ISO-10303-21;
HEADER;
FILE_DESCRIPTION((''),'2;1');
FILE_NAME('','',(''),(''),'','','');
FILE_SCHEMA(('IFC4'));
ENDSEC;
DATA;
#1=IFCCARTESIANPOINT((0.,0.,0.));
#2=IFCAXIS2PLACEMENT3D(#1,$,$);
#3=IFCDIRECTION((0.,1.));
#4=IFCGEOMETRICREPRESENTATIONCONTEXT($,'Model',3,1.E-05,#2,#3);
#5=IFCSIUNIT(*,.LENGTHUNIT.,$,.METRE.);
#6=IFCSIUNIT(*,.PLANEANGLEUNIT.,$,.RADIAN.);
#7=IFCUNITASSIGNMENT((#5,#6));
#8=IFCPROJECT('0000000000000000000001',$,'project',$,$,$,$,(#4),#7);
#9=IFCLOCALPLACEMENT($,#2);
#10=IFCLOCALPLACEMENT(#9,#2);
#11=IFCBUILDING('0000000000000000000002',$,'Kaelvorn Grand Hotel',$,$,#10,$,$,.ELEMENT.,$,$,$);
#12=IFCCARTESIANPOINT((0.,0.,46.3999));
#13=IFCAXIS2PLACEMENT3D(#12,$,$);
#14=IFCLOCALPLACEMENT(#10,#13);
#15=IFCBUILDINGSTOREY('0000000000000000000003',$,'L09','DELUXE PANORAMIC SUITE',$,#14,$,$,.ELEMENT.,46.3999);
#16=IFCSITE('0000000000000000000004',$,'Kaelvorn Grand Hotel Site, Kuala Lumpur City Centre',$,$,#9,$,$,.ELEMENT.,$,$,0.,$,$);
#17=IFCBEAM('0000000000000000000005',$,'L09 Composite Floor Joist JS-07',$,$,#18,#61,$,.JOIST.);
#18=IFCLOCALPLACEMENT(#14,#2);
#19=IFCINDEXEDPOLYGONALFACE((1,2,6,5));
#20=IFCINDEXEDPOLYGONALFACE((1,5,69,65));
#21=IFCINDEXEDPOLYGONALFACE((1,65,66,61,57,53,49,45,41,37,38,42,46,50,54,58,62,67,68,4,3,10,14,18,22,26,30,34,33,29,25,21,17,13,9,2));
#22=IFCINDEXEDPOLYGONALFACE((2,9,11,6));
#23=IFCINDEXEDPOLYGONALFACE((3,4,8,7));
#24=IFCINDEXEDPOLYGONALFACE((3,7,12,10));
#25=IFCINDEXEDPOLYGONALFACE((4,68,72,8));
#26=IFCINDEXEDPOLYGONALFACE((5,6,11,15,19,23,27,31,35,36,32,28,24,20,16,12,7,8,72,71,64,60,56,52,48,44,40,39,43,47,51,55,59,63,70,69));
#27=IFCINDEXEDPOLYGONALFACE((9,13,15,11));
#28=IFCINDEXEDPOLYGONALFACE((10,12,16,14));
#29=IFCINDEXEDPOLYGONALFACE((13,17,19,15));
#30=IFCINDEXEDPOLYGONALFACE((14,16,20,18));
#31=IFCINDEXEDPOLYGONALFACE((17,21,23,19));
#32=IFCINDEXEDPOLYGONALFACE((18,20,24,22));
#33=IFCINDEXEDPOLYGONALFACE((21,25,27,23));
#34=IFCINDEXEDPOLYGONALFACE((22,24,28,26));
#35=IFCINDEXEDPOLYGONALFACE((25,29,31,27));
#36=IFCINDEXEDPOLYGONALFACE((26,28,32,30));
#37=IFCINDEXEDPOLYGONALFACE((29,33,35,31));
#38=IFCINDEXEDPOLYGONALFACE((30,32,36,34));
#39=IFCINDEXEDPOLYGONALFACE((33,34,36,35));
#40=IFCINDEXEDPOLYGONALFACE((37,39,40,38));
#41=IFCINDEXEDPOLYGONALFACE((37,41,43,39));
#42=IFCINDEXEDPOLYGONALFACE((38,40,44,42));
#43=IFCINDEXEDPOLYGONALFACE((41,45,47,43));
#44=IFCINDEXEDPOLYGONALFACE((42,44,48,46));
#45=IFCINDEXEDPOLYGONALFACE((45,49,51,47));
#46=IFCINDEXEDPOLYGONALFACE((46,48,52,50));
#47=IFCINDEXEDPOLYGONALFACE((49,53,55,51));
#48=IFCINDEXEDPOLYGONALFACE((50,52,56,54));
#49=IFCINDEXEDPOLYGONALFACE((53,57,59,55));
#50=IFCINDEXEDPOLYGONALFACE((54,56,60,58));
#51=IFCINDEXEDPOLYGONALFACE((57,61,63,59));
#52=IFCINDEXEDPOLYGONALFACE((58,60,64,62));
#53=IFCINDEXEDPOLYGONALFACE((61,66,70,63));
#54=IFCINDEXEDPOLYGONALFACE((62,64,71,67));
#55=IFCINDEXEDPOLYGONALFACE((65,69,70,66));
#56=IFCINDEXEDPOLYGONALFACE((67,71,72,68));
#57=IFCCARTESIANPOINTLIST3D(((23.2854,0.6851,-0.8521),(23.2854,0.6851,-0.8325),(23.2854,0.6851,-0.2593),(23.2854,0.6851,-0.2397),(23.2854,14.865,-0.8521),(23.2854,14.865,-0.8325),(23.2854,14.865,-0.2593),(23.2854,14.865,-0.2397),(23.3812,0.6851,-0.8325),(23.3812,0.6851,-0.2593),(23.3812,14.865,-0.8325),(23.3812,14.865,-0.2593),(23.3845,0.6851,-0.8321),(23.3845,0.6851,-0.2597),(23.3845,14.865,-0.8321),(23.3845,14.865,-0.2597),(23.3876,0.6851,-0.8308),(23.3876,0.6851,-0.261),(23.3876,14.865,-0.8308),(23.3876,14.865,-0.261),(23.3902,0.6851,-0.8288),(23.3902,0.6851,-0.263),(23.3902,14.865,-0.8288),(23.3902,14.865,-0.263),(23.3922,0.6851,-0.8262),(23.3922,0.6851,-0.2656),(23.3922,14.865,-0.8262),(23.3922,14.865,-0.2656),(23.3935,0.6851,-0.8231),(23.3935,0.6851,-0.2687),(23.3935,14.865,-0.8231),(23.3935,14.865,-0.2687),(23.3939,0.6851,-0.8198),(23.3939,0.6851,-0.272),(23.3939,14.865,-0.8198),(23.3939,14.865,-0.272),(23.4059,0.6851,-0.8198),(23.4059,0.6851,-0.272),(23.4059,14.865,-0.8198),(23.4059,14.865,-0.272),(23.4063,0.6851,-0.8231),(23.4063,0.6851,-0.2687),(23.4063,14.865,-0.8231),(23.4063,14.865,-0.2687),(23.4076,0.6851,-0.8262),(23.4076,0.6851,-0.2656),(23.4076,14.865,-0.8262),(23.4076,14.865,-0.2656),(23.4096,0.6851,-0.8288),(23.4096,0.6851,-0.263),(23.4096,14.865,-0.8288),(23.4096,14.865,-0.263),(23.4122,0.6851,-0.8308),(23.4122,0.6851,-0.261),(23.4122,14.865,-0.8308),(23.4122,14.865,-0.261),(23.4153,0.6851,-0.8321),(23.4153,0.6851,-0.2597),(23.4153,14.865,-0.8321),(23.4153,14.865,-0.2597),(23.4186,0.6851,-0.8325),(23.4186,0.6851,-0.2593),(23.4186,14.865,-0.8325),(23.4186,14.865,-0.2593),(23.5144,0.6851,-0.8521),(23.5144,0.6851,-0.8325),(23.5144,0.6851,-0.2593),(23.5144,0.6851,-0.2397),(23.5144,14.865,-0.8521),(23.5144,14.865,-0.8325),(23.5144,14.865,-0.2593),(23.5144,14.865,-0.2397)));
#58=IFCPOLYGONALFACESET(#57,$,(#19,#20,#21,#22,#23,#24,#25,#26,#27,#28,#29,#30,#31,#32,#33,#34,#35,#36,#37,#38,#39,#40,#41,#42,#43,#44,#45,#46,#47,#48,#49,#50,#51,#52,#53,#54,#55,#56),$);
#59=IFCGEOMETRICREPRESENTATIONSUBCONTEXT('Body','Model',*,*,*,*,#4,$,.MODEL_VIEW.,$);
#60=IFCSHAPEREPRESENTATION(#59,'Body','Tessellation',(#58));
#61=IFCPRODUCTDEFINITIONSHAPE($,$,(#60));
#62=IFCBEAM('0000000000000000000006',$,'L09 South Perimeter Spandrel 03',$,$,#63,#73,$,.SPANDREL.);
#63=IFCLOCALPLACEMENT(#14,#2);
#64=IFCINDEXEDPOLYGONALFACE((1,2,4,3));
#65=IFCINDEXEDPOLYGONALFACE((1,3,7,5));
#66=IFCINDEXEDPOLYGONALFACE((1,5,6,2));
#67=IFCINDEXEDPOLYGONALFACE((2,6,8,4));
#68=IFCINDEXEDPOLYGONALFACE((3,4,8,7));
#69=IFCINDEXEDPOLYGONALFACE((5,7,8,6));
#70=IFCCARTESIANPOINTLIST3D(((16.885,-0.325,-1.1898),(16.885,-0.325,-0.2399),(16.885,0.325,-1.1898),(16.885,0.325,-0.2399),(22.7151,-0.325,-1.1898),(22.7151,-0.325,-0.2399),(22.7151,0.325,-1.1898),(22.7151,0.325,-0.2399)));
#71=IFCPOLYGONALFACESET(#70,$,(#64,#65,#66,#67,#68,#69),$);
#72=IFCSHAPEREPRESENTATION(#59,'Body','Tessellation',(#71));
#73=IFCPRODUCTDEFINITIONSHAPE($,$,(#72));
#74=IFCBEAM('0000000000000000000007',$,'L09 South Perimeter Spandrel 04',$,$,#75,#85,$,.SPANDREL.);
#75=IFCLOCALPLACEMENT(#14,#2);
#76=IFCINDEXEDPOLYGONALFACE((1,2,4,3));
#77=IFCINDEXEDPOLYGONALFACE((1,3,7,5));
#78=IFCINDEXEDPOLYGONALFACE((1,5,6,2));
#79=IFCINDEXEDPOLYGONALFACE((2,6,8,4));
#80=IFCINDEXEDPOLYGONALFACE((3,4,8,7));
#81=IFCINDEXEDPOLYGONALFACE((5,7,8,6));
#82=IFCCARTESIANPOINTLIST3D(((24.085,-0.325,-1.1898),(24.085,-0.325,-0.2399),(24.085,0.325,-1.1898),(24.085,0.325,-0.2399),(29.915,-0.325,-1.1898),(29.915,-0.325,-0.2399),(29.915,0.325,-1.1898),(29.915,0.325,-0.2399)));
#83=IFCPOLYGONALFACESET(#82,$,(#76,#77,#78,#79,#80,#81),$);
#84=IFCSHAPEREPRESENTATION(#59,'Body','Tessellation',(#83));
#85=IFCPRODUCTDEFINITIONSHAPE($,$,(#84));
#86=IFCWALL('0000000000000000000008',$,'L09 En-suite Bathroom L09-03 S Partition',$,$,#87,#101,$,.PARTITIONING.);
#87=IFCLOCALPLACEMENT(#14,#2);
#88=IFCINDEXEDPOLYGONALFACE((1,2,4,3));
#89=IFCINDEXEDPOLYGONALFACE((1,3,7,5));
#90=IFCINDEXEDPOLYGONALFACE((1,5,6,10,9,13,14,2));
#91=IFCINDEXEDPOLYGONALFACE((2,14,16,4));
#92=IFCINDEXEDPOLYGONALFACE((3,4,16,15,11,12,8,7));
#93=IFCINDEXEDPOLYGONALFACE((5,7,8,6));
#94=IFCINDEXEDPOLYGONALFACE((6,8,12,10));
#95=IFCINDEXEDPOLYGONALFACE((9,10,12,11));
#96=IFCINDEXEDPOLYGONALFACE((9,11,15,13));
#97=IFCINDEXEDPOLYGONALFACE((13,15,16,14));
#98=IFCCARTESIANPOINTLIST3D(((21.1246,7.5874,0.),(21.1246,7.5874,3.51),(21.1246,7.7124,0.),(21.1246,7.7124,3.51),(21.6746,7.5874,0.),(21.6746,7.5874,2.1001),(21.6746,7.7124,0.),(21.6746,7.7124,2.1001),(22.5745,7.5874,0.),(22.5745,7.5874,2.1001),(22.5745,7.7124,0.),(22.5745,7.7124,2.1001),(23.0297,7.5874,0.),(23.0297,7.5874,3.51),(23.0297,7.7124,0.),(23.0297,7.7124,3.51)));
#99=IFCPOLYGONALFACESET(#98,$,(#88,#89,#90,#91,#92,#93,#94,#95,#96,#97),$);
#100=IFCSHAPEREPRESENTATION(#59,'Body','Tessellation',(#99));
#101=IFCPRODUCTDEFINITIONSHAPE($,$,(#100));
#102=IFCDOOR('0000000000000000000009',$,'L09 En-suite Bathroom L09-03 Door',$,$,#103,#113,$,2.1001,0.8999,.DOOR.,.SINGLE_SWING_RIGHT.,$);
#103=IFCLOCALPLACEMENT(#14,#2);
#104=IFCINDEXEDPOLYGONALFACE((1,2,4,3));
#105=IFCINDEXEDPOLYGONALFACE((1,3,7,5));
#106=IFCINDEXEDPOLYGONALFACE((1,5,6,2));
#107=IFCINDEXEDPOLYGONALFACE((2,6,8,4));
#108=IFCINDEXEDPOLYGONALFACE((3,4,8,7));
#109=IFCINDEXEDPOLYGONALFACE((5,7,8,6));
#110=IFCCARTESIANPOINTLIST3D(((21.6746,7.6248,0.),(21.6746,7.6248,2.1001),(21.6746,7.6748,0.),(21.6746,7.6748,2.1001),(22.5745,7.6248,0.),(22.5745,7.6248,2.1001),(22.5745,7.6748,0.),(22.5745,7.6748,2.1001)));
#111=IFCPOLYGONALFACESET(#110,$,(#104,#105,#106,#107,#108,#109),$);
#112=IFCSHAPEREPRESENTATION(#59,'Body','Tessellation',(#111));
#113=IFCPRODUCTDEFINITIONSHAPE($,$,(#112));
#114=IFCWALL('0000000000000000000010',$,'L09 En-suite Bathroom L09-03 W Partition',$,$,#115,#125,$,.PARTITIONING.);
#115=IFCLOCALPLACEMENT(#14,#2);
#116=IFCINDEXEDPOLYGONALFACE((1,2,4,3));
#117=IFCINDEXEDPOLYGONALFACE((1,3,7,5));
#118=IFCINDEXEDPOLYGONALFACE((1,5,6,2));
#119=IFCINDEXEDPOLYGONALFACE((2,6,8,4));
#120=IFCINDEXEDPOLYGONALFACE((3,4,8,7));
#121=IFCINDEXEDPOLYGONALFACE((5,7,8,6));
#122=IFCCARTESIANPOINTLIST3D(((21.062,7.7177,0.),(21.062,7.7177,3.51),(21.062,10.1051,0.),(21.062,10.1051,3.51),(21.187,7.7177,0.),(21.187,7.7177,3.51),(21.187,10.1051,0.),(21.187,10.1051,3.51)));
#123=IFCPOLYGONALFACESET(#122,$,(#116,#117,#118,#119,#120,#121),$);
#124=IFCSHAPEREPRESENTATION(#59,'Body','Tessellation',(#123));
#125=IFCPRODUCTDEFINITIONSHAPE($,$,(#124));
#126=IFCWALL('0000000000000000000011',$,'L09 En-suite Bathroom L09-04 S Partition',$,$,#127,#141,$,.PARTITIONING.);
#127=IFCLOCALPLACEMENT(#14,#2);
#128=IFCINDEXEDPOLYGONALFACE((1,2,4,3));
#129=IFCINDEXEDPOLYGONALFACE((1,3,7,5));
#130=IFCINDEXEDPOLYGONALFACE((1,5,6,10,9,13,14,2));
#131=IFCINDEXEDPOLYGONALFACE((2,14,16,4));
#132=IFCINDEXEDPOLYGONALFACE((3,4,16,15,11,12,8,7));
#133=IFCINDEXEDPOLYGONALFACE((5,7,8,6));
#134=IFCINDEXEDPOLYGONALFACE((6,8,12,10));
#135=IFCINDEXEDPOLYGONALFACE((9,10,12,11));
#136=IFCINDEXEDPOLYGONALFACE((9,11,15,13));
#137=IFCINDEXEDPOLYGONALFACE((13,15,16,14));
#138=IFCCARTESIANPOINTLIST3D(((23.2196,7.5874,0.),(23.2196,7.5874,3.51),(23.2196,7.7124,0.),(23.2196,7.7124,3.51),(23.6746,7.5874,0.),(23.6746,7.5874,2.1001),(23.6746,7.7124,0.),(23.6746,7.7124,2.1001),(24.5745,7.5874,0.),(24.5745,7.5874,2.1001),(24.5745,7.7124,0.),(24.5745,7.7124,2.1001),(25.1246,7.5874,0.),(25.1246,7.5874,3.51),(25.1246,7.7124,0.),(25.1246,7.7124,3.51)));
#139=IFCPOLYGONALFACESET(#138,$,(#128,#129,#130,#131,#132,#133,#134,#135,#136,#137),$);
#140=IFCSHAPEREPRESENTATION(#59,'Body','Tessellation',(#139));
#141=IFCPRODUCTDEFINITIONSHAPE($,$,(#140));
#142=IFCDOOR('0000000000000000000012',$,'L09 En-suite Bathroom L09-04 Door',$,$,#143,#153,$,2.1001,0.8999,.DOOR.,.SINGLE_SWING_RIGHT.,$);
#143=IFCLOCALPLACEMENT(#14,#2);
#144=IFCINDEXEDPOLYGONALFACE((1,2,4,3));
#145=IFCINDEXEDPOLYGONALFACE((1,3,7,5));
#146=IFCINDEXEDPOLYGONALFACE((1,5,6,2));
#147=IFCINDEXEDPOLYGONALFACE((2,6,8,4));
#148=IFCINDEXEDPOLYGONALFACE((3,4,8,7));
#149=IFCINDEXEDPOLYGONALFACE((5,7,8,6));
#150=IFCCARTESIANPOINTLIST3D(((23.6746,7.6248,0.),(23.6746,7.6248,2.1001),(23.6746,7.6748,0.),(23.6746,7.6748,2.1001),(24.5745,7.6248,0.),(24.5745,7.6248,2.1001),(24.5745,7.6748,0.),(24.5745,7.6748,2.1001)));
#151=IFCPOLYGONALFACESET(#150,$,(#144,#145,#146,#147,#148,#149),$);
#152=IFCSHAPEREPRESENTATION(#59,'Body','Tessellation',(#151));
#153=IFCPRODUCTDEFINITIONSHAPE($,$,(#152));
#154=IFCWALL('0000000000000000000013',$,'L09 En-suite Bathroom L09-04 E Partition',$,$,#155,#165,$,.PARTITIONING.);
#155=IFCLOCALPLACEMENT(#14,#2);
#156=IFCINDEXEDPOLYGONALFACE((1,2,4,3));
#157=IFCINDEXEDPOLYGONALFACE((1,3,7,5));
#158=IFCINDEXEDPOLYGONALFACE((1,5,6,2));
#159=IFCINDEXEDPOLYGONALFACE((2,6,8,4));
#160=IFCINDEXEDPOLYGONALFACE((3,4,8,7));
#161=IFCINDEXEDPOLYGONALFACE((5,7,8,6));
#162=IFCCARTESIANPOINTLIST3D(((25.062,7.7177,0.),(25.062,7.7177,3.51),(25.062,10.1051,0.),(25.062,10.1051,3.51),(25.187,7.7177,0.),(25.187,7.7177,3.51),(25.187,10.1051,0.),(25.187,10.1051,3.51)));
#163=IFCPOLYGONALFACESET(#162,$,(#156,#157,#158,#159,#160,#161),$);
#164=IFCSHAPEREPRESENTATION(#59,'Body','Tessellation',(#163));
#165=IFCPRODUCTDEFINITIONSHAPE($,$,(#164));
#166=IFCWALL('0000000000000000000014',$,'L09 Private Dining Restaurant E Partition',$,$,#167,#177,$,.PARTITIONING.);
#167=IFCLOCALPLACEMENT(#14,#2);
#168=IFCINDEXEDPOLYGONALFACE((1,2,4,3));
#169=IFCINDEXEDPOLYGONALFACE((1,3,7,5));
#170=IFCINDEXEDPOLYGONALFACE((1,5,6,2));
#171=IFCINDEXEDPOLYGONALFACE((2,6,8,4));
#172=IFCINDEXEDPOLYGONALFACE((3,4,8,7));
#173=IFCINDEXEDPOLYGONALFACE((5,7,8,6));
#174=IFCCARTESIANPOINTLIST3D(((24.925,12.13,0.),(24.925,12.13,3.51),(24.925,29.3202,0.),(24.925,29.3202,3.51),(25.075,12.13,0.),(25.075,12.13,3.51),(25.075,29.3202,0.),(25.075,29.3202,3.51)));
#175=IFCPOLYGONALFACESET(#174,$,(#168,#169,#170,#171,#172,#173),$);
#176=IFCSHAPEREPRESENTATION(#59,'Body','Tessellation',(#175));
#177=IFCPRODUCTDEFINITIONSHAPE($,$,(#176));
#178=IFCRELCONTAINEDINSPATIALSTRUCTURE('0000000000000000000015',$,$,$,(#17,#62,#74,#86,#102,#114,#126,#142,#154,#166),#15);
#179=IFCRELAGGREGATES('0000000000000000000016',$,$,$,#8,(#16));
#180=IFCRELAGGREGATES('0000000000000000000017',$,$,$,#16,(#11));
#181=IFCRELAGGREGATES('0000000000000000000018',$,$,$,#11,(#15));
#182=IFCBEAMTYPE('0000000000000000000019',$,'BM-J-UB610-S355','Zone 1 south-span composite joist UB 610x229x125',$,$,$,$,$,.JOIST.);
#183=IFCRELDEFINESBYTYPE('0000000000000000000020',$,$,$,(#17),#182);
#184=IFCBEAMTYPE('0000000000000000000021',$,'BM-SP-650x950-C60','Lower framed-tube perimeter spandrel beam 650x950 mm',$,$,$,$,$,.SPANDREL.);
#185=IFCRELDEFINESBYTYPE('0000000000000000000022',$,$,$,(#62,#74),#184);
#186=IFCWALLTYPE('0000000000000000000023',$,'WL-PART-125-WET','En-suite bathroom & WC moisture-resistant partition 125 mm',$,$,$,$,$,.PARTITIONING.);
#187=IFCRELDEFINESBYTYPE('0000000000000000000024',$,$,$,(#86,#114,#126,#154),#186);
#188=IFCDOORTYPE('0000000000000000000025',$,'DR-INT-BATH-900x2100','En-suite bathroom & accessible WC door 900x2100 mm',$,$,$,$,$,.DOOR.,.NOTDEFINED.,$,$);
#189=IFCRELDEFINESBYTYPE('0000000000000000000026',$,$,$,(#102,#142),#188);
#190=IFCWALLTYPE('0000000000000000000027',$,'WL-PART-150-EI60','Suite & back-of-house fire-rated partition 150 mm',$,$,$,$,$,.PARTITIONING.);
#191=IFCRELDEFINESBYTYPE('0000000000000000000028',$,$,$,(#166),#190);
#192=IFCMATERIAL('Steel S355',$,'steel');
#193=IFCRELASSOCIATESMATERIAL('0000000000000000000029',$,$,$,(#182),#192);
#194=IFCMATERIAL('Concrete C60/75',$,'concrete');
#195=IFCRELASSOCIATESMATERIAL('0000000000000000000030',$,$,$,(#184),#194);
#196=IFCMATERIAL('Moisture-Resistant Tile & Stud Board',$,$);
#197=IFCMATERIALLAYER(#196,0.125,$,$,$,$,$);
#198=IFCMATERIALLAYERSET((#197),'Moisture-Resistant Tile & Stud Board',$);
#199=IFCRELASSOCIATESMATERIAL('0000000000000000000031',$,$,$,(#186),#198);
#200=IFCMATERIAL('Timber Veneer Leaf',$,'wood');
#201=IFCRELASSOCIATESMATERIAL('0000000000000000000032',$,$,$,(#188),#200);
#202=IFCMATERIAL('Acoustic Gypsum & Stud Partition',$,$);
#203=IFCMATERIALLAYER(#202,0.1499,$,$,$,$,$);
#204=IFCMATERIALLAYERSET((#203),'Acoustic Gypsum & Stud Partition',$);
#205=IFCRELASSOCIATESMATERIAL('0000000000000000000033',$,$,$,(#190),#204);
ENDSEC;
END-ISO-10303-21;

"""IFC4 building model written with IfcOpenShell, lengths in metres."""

from ifc_helpers import new_model, si_unit, direction, frame, frame_2d, origin, origin_2d, place, context, subcontext, project, spatial, rectangle, i_section, extrude, material, layer, layer_set, material_profile, profile_set, type_object, element, fill, save


model = new_model("IFC4")

# Units and contexts
model_context = context("Model", 3, precision=1e-05, world=origin(), true_north=direction((0.0, 1.0)))
body_context = subcontext(model_context, "Body", "Model", "MODEL_VIEW")
ifc_project = project(units=[si_unit("LENGTHUNIT", "METRE"), si_unit("PLANEANGLEUNIT", "RADIAN")], contexts=[model_context])

# Site, building, storey
site_placement = place(None, origin())
site = spatial("IfcSite", under=ifc_project, at=site_placement, Name="Kaelvorn Grand Hotel Site, Kuala Lumpur City Centre", CompositionType="ELEMENT", RefElevation=0.0)
building_placement = place(site_placement, origin())
building = spatial("IfcBuilding", under=site, at=building_placement, Name="Kaelvorn Grand Hotel", CompositionType="ELEMENT")
storey_placement = place(building_placement, frame((0.0, 0.0, 46.3999)))
storey = spatial("IfcBuildingStorey", under=building, at=storey_placement, Name="L09", Description="DELUXE PANORAMIC SUITE", CompositionType="ELEMENT", Elevation=46.3999)

# Beams
ifc_material_1 = material(Name="Steel S355", Category="steel")
ifc_material_profile_1 = material_profile(ifc_material_1, i_section(OverallWidth=0.229, OverallDepth=0.6123, WebThickness=0.012, FlangeThickness=0.0195, FilletRadius=0.0127, at=origin_2d()), Name="UB 610x229x125")
ifc_profile_set_1 = profile_set([ifc_material_profile_1], Name="Steel S355")
beam_type_1 = type_object("IfcBeamType", Name="BM-J-UB610-S355", Description="Zone 1 south-span composite joist UB 610x229x125", PredefinedType="JOIST", material=ifc_profile_set_1)
beam_1_placement = place(storey_placement, frame((23.3999, 0.6851, -0.5459), z_axis=(0.0, 1.0, 0.0), x_axis=(-1.0, 0.0, 0.0)))
element("IfcBeam", 1, at=beam_1_placement, inside=storey, type_object=beam_type_1, Name="L09 Composite Floor Joist JS-07", PredefinedType="JOIST", context=body_context, shape_type="SweptSolid", body=[
    extrude(i_section(OverallWidth=0.229, OverallDepth=0.6123, WebThickness=0.012, FlangeThickness=0.0195, FilletRadius=0.0127, at=origin_2d()), origin(), (0.0, 0.0, 1.0), 14.1799),
])
ifc_material_2 = material(Name="Concrete C60/75", Category="concrete")
ifc_material_profile_2 = material_profile(ifc_material_2, rectangle(XDim=0.6499, YDim=0.95, at=origin_2d()), Name="RC SPANDREL 650x950")
ifc_profile_set_2 = profile_set([ifc_material_profile_2], Name="Concrete C60/75")
beam_type_2 = type_object("IfcBeamType", Name="BM-SP-650x950-C60", Description="Lower framed-tube perimeter spandrel beam 650x950 mm", PredefinedType="SPANDREL", material=ifc_profile_set_2)
for number, where, z_axis, x_axis, name in (
    (2, (16.885, 0.0, -0.7148), (1.0, 0.0, 0.0), (0.0, 1.0, 0.0), "L09 South Perimeter Spandrel 03"),
    (3, (24.085, 0.0, -0.7148), (1.0, 0.0, 0.0), (0.0, 1.0, 0.0), "L09 South Perimeter Spandrel 04"),
):
    element("IfcBeam", number, at=place(storey_placement, frame(where, z_axis=z_axis, x_axis=x_axis)), inside=storey, type_object=beam_type_2, Name=name, PredefinedType="SPANDREL", context=body_context, shape_type="SweptSolid", body=[
        extrude(rectangle(XDim=0.6499, YDim=0.95, at=origin_2d()), origin(), (0.0, 0.0, 1.0), 5.8301),
    ])

# Wall, opening, door
ifc_material_3 = material(Name="Moisture-Resistant Tile & Stud Board")
ifc_layer_1 = layer(ifc_material_3, 0.125)
ifc_layer_set_1 = layer_set([ifc_layer_1], Name="Moisture-Resistant Tile & Stud Board")
wall_type_1 = type_object("IfcWallType", Name="WL-PART-125-WET", Description="En-suite bathroom & WC moisture-resistant partition 125 mm", PredefinedType="PARTITIONING", material=ifc_layer_set_1)
wall_1_placement = place(storey_placement, frame((21.1245, 7.6499, 0.0), z_axis=(0.0, 0.0, 1.0), x_axis=(1.0, 0.0, 0.0)))
wall_1 = element("IfcWall", 4, at=wall_1_placement, inside=storey, type_object=wall_type_1, Name="L09 En-suite Bathroom L09-03 S Partition", PredefinedType="PARTITIONING", context=body_context, shape_type="SweptSolid", body=[
    extrude(rectangle(XDim=1.905, YDim=0.125, at=frame_2d((0.9526, 0.0))), origin(), (0.0, 0.0, 1.0), 3.51),
])
opening_1_placement = place(wall_1_placement, frame((0.55, 0.0, 0.0)))
opening_1 = element("IfcOpeningElement", 5, at=opening_1_placement, cuts=wall_1, PredefinedType="OPENING", context=body_context, shape_type="SweptSolid", body=[
    extrude(rectangle(XDim=0.8999, YDim=2.1001, at=frame_2d((0.45, 1.05))), frame((0.0, 0.0725, 0.0), z_axis=(0.0, -1.0, 0.0), x_axis=(1.0, 0.0, 0.0)), (0.0, 0.0, 1.0), 0.145),
])
ifc_material_4 = material(Name="Timber Veneer Leaf", Category="wood")
door_type_1 = type_object("IfcDoorType", Name="DR-INT-BATH-900x2100", Description="En-suite bathroom & accessible WC door 900x2100 mm", OperationType="NOTDEFINED", PredefinedType="DOOR", material=ifc_material_4)
door_1_placement = place(opening_1_placement, origin())
door_1 = element("IfcDoor", 6, at=door_1_placement, inside=storey, type_object=door_type_1, Name="L09 En-suite Bathroom L09-03 Door", OperationType="SINGLE_SWING_RIGHT", OverallHeight=2.1001, OverallWidth=0.8999, PredefinedType="DOOR", context=body_context, shape_type="SweptSolid", body=[
    extrude(rectangle(XDim=0.8999, YDim=2.1001, at=frame_2d((0.45, 1.05))), frame((0.0, 0.0249, 0.0), z_axis=(0.0, -1.0, 0.0), x_axis=(1.0, 0.0, 0.0)), (0.0, 0.0, 1.0), 0.05),
])
fill(opening_1, door_1)

# Wall
wall_2_placement = place(storey_placement, frame((21.1245, 7.7175, 0.0), z_axis=(0.0, 0.0, 1.0), x_axis=(0.0, 1.0, 0.0)))
element("IfcWall", 7, at=wall_2_placement, inside=storey, type_object=wall_type_1, Name="L09 En-suite Bathroom L09-03 W Partition", PredefinedType="PARTITIONING", context=body_context, shape_type="SweptSolid", body=[
    extrude(rectangle(XDim=2.3875, YDim=0.125, at=frame_2d((1.1938, 0.0))), origin(), (0.0, 0.0, 1.0), 3.51),
])

# Wall, opening, door
wall_3_placement = place(storey_placement, frame((23.2195, 7.6499, 0.0), z_axis=(0.0, 0.0, 1.0), x_axis=(1.0, 0.0, 0.0)))
wall_3 = element("IfcWall", 8, at=wall_3_placement, inside=storey, type_object=wall_type_1, Name="L09 En-suite Bathroom L09-04 S Partition", PredefinedType="PARTITIONING", context=body_context, shape_type="SweptSolid", body=[
    extrude(rectangle(XDim=1.905, YDim=0.125, at=frame_2d((0.9526, 0.0))), origin(), (0.0, 0.0, 1.0), 3.51),
])
opening_2_placement = place(wall_3_placement, frame((0.4551, 0.0, 0.0)))
opening_2 = element("IfcOpeningElement", 9, at=opening_2_placement, cuts=wall_3, PredefinedType="OPENING", context=body_context, shape_type="SweptSolid", body=[
    extrude(rectangle(XDim=0.8999, YDim=2.1001, at=frame_2d((0.45, 1.05))), frame((0.0, 0.0725, 0.0), z_axis=(0.0, -1.0, 0.0), x_axis=(1.0, 0.0, 0.0)), (0.0, 0.0, 1.0), 0.145),
])
door_2_placement = place(opening_2_placement, origin())
door_2 = element("IfcDoor", 10, at=door_2_placement, inside=storey, type_object=door_type_1, Name="L09 En-suite Bathroom L09-04 Door", OperationType="SINGLE_SWING_RIGHT", OverallHeight=2.1001, OverallWidth=0.8999, PredefinedType="DOOR", context=body_context, shape_type="SweptSolid", body=[
    extrude(rectangle(XDim=0.8999, YDim=2.1001, at=frame_2d((0.45, 1.05))), frame((0.0, 0.0249, 0.0), z_axis=(0.0, -1.0, 0.0), x_axis=(1.0, 0.0, 0.0)), (0.0, 0.0, 1.0), 0.05),
])
fill(opening_2, door_2)

# Walls
wall_4_placement = place(storey_placement, frame((25.1245, 7.7175, 0.0), z_axis=(0.0, 0.0, 1.0), x_axis=(0.0, 1.0, 0.0)))
element("IfcWall", 11, at=wall_4_placement, inside=storey, type_object=wall_type_1, Name="L09 En-suite Bathroom L09-04 E Partition", PredefinedType="PARTITIONING", context=body_context, shape_type="SweptSolid", body=[
    extrude(rectangle(XDim=2.3875, YDim=0.125, at=frame_2d((1.1938, 0.0))), origin(), (0.0, 0.0, 1.0), 3.51),
])
ifc_material_5 = material(Name="Acoustic Gypsum & Stud Partition")
ifc_layer_2 = layer(ifc_material_5, 0.1499)
ifc_layer_set_2 = layer_set([ifc_layer_2], Name="Acoustic Gypsum & Stud Partition")
wall_type_2 = type_object("IfcWallType", Name="WL-PART-150-EI60", Description="Suite & back-of-house fire-rated partition 150 mm", PredefinedType="PARTITIONING", material=ifc_layer_set_2)
wall_5_placement = place(storey_placement, frame((25.0, 12.1299, 0.0), z_axis=(0.0, 0.0, 1.0), x_axis=(0.0, 1.0, 0.0)))
element("IfcWall", 12, at=wall_5_placement, inside=storey, type_object=wall_type_2, Name="L09 Private Dining Restaurant E Partition", PredefinedType="PARTITIONING", context=body_context, shape_type="SweptSolid", body=[
    extrude(rectangle(XDim=17.1902, YDim=0.1499, at=frame_2d((8.5952, 0.0))), origin(), (0.0, 0.0, 1.0), 3.51),
])

save(model, "model.ifc")
